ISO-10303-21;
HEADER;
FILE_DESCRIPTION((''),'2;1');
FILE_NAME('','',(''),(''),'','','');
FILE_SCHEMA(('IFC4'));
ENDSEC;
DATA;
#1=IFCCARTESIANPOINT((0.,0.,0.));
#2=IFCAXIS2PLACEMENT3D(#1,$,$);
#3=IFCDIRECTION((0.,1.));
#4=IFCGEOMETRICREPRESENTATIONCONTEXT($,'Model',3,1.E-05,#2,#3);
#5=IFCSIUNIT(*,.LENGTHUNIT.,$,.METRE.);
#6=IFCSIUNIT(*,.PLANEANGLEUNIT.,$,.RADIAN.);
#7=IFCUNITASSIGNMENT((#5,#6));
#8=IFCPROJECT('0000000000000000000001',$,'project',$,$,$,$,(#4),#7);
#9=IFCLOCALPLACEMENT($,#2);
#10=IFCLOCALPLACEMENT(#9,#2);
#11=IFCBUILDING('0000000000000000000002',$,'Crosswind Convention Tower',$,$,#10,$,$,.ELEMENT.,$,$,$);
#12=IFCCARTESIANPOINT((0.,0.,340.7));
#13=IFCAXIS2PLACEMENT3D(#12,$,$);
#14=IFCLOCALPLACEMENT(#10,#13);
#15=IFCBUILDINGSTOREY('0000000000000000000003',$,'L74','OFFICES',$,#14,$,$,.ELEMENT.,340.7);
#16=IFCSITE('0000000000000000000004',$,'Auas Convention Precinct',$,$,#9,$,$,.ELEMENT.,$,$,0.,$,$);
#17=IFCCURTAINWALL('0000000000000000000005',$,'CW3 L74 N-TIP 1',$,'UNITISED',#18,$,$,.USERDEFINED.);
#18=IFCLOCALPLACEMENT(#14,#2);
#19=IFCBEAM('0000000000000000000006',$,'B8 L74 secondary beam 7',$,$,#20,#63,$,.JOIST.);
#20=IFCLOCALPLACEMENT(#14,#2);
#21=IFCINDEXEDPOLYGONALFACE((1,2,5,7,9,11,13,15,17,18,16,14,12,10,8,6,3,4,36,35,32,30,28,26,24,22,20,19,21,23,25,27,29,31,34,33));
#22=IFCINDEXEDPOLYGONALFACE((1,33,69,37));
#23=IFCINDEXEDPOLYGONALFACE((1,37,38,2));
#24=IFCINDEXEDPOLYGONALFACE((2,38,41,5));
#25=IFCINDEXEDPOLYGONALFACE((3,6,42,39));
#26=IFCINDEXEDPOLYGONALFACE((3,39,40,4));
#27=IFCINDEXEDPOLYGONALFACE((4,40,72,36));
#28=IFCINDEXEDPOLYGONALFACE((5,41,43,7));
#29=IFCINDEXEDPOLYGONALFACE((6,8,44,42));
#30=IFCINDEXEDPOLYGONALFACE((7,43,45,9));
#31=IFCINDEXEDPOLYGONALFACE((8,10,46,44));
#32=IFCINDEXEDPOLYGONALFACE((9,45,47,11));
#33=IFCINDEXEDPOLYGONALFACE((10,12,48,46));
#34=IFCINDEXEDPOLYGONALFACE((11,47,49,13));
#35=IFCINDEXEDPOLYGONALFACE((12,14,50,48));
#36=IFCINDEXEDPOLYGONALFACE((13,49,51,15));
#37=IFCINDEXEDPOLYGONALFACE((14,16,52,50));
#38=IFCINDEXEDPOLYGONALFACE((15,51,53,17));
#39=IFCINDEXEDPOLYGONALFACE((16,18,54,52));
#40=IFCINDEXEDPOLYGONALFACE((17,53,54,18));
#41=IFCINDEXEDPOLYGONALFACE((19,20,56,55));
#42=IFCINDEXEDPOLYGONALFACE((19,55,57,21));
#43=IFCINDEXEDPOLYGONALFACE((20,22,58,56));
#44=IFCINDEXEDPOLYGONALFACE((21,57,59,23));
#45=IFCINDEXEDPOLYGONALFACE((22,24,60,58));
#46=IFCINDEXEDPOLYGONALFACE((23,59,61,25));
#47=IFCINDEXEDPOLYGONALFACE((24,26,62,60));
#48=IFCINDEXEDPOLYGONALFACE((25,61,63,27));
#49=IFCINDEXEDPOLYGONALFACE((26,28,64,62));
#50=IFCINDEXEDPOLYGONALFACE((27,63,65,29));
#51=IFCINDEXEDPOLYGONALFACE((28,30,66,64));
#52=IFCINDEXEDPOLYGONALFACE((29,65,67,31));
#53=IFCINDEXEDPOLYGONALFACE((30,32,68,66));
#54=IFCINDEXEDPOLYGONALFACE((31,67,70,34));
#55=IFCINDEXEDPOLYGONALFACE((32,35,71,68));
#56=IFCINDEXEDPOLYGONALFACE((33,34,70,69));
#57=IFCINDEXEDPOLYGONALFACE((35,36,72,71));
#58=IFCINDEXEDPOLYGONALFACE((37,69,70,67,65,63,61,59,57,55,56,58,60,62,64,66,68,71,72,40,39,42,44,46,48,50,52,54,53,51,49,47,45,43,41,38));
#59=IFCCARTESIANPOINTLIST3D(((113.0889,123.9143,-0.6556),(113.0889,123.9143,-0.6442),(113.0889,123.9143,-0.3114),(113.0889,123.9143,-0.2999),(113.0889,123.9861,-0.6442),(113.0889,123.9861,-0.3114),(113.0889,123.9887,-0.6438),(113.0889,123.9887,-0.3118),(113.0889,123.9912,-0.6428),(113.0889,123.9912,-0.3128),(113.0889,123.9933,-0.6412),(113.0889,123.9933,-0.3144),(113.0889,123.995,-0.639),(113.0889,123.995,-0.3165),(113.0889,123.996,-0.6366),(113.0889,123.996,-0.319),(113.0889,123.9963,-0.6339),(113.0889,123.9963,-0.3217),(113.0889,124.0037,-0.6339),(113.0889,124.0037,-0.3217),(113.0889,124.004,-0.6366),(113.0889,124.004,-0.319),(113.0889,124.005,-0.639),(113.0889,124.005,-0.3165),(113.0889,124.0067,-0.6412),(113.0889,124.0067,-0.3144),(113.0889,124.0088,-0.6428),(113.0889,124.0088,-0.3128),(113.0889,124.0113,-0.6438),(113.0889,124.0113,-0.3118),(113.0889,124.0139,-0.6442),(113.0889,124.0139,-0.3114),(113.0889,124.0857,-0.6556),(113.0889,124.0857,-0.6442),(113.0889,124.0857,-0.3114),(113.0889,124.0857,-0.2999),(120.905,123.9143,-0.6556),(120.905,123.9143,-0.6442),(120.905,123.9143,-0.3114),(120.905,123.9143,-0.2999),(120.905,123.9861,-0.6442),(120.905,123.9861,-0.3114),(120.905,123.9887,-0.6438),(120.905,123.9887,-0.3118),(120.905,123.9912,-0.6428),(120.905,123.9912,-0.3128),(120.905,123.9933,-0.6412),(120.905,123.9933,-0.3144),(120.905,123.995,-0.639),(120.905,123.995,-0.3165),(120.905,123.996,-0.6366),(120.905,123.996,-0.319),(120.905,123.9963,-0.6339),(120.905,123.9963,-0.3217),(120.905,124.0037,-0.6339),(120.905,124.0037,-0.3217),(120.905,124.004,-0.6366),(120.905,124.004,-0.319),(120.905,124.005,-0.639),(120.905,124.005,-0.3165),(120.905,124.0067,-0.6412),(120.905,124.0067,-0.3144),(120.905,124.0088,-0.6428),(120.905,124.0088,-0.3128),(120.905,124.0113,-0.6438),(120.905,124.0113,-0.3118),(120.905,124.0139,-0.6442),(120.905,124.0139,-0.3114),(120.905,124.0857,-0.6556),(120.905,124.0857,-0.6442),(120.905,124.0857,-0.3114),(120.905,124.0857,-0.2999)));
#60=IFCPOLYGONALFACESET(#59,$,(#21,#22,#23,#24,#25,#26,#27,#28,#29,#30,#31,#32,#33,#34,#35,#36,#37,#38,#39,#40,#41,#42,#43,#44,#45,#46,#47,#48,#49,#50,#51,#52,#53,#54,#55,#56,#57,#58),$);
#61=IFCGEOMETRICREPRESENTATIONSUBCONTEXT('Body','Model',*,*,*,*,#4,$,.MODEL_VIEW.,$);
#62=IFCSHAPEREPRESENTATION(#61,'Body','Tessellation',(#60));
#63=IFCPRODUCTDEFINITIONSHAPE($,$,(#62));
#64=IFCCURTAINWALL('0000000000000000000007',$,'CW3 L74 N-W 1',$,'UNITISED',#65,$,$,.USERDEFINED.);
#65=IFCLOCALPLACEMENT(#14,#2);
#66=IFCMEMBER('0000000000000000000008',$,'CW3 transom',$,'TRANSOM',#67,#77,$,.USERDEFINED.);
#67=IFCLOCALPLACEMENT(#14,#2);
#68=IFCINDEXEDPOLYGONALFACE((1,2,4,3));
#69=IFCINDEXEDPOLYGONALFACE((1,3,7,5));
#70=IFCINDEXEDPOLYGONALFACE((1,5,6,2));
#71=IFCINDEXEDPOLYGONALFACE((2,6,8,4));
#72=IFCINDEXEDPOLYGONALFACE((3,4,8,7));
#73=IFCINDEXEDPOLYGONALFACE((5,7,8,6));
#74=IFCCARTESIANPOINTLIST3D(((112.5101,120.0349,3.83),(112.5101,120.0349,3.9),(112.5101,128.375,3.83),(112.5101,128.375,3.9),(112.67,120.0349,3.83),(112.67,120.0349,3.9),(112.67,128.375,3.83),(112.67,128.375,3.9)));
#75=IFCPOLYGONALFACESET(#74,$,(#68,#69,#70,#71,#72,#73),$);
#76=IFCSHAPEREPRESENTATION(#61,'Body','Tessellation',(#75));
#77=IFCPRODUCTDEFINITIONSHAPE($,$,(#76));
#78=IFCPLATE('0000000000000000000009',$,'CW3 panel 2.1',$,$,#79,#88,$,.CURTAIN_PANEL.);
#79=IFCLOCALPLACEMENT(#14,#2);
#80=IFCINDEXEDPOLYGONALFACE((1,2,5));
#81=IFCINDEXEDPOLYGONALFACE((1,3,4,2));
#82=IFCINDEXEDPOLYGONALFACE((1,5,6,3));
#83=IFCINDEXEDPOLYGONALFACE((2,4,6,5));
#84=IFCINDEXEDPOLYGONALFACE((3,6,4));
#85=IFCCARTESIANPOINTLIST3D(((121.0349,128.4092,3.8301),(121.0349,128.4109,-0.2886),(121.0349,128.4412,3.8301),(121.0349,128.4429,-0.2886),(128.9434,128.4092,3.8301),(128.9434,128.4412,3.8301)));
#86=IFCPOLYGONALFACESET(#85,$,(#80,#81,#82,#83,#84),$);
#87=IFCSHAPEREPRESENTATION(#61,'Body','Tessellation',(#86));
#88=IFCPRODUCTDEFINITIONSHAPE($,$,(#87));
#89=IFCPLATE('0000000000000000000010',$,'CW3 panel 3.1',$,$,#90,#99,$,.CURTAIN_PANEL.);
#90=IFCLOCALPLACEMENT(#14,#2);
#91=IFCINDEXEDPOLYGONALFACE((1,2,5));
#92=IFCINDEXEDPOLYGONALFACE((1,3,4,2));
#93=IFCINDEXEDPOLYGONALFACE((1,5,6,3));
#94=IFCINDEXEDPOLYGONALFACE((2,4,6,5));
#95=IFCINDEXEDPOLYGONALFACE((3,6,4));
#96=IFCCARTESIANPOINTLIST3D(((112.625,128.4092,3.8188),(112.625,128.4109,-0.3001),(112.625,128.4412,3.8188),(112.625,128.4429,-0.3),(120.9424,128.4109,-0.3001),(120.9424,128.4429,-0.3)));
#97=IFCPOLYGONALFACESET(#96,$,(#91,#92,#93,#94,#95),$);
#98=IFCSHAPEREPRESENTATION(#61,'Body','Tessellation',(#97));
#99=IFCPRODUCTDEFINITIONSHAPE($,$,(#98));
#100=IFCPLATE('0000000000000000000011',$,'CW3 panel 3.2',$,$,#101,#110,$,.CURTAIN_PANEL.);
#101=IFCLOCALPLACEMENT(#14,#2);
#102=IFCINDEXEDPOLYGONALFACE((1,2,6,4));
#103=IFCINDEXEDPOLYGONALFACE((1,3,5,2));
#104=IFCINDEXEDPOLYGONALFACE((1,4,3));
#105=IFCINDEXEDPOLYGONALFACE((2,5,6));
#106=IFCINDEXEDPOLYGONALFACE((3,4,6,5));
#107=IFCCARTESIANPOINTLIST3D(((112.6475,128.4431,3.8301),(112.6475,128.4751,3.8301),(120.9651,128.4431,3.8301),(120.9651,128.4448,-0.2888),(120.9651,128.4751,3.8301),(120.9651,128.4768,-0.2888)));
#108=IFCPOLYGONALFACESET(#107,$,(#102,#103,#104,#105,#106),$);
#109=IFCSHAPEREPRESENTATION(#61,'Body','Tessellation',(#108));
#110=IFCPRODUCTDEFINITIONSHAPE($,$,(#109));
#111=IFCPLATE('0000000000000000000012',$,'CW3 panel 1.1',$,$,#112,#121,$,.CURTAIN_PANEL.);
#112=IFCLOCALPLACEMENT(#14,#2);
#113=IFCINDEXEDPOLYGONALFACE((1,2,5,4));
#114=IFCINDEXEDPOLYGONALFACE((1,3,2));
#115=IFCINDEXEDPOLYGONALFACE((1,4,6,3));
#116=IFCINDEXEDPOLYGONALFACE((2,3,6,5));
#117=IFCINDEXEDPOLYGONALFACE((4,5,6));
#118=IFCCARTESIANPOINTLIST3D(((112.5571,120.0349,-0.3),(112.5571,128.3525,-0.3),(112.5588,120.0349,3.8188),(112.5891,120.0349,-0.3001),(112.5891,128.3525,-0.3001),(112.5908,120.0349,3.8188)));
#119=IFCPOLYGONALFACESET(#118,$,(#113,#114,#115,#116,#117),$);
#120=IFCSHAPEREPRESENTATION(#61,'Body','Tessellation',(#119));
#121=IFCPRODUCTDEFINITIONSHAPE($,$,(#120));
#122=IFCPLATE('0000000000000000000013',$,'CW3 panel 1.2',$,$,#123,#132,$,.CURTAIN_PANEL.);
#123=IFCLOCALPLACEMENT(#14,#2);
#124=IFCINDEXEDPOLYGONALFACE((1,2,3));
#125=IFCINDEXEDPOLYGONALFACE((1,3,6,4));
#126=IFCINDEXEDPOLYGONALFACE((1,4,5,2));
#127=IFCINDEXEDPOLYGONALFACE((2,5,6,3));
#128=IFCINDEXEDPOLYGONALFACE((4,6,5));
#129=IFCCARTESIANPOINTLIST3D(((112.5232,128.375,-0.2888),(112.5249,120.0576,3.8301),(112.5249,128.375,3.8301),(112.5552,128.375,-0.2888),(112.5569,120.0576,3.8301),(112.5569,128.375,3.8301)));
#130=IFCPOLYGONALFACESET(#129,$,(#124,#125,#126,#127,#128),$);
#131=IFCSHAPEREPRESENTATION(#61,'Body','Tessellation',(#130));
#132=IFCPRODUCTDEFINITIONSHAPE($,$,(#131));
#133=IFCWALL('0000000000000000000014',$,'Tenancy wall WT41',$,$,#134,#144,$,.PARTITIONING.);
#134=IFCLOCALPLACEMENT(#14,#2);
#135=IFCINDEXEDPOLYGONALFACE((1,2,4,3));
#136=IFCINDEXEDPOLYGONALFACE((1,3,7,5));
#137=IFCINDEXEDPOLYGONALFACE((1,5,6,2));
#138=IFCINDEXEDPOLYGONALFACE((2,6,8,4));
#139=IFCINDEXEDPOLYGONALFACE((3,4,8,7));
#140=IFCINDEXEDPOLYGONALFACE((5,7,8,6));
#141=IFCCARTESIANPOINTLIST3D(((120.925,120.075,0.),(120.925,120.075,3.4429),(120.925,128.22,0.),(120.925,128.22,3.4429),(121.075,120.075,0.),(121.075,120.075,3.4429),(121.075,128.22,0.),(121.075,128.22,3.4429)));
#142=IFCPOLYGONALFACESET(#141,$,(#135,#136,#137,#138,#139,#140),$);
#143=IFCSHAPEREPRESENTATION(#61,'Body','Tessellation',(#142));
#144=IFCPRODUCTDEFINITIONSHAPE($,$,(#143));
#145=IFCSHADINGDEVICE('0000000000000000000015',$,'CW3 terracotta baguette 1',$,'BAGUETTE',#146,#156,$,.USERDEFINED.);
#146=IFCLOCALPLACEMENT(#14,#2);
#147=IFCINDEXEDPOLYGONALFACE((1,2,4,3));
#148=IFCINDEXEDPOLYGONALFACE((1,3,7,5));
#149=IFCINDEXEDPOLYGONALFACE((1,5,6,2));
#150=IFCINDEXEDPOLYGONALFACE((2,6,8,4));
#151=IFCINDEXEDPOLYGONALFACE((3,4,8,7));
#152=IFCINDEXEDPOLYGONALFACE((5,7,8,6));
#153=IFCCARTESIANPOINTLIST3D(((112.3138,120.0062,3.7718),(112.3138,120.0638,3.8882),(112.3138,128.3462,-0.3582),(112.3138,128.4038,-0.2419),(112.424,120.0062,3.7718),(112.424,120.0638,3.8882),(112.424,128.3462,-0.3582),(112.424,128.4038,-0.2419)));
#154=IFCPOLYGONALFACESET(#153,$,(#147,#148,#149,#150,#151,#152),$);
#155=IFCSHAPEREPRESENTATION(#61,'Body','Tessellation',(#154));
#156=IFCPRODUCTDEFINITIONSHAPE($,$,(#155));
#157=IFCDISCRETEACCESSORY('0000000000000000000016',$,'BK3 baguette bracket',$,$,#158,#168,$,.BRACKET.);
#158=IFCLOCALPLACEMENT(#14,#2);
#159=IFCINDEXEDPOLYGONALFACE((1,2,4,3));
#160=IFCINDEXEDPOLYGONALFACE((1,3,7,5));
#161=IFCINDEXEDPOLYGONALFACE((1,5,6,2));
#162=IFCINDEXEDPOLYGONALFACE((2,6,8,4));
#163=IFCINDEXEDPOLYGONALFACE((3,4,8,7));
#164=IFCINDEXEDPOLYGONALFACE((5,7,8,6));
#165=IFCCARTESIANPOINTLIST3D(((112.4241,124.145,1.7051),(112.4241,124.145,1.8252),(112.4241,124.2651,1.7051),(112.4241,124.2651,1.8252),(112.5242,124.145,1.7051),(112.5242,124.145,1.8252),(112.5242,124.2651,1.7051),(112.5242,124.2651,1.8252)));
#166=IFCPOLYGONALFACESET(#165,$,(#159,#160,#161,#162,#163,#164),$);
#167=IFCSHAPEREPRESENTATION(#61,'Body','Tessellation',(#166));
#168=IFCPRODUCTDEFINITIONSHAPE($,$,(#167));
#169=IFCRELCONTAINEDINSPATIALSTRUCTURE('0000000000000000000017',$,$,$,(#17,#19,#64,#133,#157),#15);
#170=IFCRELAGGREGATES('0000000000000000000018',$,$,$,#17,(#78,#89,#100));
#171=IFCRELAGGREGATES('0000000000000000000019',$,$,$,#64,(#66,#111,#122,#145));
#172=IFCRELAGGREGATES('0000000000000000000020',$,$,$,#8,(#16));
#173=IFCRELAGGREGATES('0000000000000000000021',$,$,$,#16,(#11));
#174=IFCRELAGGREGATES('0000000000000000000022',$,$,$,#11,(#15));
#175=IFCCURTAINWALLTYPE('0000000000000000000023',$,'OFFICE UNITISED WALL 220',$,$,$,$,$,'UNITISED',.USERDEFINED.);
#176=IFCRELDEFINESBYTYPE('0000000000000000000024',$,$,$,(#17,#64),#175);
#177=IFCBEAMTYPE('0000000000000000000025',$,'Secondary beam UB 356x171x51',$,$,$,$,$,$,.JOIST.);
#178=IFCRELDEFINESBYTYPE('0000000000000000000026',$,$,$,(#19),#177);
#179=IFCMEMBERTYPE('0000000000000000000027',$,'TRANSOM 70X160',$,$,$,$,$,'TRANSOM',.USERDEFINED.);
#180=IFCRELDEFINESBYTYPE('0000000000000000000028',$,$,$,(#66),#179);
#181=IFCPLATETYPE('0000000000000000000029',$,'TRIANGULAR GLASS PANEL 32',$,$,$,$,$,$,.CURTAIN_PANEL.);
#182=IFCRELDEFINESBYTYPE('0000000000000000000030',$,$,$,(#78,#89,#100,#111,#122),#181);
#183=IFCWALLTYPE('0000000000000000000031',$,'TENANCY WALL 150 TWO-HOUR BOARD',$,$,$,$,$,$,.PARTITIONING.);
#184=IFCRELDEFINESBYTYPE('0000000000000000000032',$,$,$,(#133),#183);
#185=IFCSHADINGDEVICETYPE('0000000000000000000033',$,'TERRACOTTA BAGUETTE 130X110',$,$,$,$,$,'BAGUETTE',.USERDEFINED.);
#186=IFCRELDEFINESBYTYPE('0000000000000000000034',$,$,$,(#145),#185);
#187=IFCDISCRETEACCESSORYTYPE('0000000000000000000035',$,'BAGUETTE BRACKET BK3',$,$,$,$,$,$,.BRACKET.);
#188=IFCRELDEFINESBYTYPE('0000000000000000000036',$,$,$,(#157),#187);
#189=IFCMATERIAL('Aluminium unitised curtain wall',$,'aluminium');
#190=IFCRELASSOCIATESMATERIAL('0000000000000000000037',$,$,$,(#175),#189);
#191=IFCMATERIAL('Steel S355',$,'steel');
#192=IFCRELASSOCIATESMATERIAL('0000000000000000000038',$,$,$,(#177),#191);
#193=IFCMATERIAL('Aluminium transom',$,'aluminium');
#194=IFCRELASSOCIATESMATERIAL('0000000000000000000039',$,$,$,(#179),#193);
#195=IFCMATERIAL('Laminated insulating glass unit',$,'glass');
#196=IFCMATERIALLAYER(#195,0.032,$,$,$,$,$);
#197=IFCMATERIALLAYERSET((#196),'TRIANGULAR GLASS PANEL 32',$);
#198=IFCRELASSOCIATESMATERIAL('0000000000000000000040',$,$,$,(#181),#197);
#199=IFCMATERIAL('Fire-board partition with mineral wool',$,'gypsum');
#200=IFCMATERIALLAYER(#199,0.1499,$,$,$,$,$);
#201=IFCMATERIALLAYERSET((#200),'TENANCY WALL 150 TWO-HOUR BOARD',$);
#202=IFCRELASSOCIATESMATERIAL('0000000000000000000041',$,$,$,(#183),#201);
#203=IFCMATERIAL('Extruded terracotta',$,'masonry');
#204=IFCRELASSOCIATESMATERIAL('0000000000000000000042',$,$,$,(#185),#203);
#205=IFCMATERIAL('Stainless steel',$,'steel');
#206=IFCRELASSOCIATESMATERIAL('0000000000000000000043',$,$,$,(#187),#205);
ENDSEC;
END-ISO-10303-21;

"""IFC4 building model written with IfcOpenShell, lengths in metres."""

from ifc_helpers import new_model, si_unit, direction, frame, frame_2d, origin, origin_2d, place, context, subcontext, project, spatial, polyline, rectangle, i_section, outline, extrude, material, layer, layer_set, material_profile, profile_set, type_object, element, aggregate, save


model = new_model("IFC4")

# Units and contexts
model_context = context("Model", 3, precision=1e-05, world=origin(), true_north=direction((0.0, 1.0)))
body_context = subcontext(model_context, "Body", "Model", "MODEL_VIEW")
ifc_project = project(units=[si_unit("LENGTHUNIT", "METRE"), si_unit("PLANEANGLEUNIT", "RADIAN")], contexts=[model_context])

# Site, building, storey
site_placement = place(None, origin())
site = spatial("IfcSite", under=ifc_project, at=site_placement, Name="Auas Convention Precinct", CompositionType="ELEMENT", RefElevation=0.0)
building_placement = place(site_placement, origin())
building = spatial("IfcBuilding", under=site, at=building_placement, Name="Crosswind Convention Tower", CompositionType="ELEMENT")
storey_placement = place(building_placement, frame((0.0, 0.0, 340.7)))
storey = spatial("IfcBuildingStorey", under=building, at=storey_placement, Name="L74", Description="OFFICES", CompositionType="ELEMENT", Elevation=340.7)

# Shared definitions
ifc_material_1 = material(Name="Steel S355", Category="steel")

# Curtain wall
ifc_material_2 = material(Name="Aluminium unitised curtain wall", Category="aluminium")
curtain_wall_type = type_object("IfcCurtainWallType", Name="OFFICE UNITISED WALL 220", ElementType="UNITISED", PredefinedType="USERDEFINED", material=ifc_material_2)
curtain_wall_1_placement = place(storey_placement, origin())
curtain_wall_1 = element("IfcCurtainWall", 1, at=curtain_wall_1_placement, inside=storey, type_object=curtain_wall_type, Name="CW3 L74 N-TIP 1", ObjectType="UNITISED", PredefinedType="USERDEFINED")

# Beam
ifc_material_profile_1 = material_profile(ifc_material_1, i_section(OverallWidth=0.1714, OverallDepth=0.3557, WebThickness=0.0073, FlangeThickness=0.0115, FilletRadius=0.0103, at=origin_2d()), Name="UB 356x171x51")
ifc_profile_set_1 = profile_set([ifc_material_profile_1], Name="Steel S355")
beam_type_1 = type_object("IfcBeamType", Name="Secondary beam UB 356x171x51", PredefinedType="JOIST", material=ifc_profile_set_1)
beam_1_placement = place(storey_placement, frame((113.0889, 124.0, -0.4778), z_axis=(1.0, 0.0, 0.0), x_axis=(0.0, 1.0, 0.0)))
element("IfcBeam", 2, at=beam_1_placement, inside=storey, type_object=beam_type_1, Name="B8 L74 secondary beam 7", PredefinedType="JOIST", context=body_context, shape_type="SweptSolid", body=[
    extrude(i_section(OverallWidth=0.1714, OverallDepth=0.3557, WebThickness=0.0073, FlangeThickness=0.0115, FilletRadius=0.0103, at=origin_2d()), origin(), (0.0, 0.0, 1.0), 7.8162),
])

# Curtain wall, member
curtain_wall_2_placement = place(storey_placement, origin())
curtain_wall_2 = element("IfcCurtainWall", 3, at=curtain_wall_2_placement, inside=storey, type_object=curtain_wall_type, Name="CW3 L74 N-W 1", ObjectType="UNITISED", PredefinedType="USERDEFINED")
ifc_material_3 = material(Name="Aluminium transom", Category="aluminium")
ifc_material_profile_2 = material_profile(ifc_material_3, rectangle(XDim=0.1599, YDim=0.0701, at=origin_2d()), Name="AL 160X70")
ifc_profile_set_2 = profile_set([ifc_material_profile_2], Name="Aluminium transom")
member_type_1 = type_object("IfcMemberType", Name="TRANSOM 70X160", ElementType="TRANSOM", PredefinedType="USERDEFINED", material=ifc_profile_set_2)
member_1_placement = place(storey_placement, frame((112.5901, 128.375, 3.865), z_axis=(0.0, -1.0, 0.0), x_axis=(1.0, 0.0, 0.0)))
member_1 = element("IfcMember", 4, at=member_1_placement, type_object=member_type_1, Name="CW3 transom", ObjectType="TRANSOM", PredefinedType="USERDEFINED", context=body_context, shape_type="SweptSolid", body=[
    extrude(rectangle(XDim=0.1599, YDim=0.0701, at=origin_2d()), origin(), (0.0, 0.0, 1.0), 8.3401),
])

# Plates
ifc_material_4 = material(Name="Laminated insulating glass unit", Category="glass")
ifc_layer_1 = layer(ifc_material_4, 0.032)
ifc_layer_set_1 = layer_set([ifc_layer_1], Name="TRIANGULAR GLASS PANEL 32")
plate_type = type_object("IfcPlateType", Name="TRIANGULAR GLASS PANEL 32", PredefinedType="CURTAIN_PANEL", material=ifc_layer_set_1)
plate_1_placement = place(storey_placement, frame((121.0349, 128.4412, 3.8301), z_axis=(0.0, 1.0, 0.000415), x_axis=(1.0, 0.0, 0.0)))
plate_1 = element("IfcPlate", 5, at=plate_1_placement, type_object=plate_type, Name="CW3 panel 2.1", PredefinedType="CURTAIN_PANEL", context=body_context, shape_type="SweptSolid", body=[
    extrude(outline(polyline([(0.0, 0.0), (7.9084, 0.0), (0.0, 4.1187), (0.0, 0.0)])), origin(), (0.0, 0.0, -1.0), 0.032),
])
plate_2_placement = place(storey_placement, frame((112.625, 128.4429, -0.3), z_axis=(0.0, 1.0, 0.000415), x_axis=(0.0, -0.000415, 1.0)))
plate_2 = element("IfcPlate", 6, at=plate_2_placement, type_object=plate_type, Name="CW3 panel 3.1", PredefinedType="CURTAIN_PANEL", context=body_context, shape_type="SweptSolid", body=[
    extrude(outline(polyline([(0.0, 0.0), (4.1189, 0.0), (0.0, 8.3174), (0.0, 0.0)])), origin(), (0.0, 0.0, -1.0), 0.032),
])
plate_3_placement = place(storey_placement, frame((120.9651, 128.4751, 3.8301), z_axis=(0.0, 1.0, 0.000415), x_axis=(0.0, 0.000415, -1.0)))
plate_3 = element("IfcPlate", 7, at=plate_3_placement, type_object=plate_type, Name="CW3 panel 3.2", PredefinedType="CURTAIN_PANEL", context=body_context, shape_type="SweptSolid", body=[
    extrude(outline(polyline([(0.0, 0.0), (4.1189, 0.0), (0.0, 8.3176), (0.0, 0.0)])), origin(), (0.0, 0.0, -1.0), 0.032),
])
aggregate(curtain_wall_1, [plate_1, plate_2, plate_3])
plate_4_placement = place(storey_placement, frame((112.5571, 120.0349, -0.3), z_axis=(-1.0, 0.0, 0.000415), x_axis=(0.000415, 0.0, 1.0)))
plate_4 = element("IfcPlate", 8, at=plate_4_placement, type_object=plate_type, Name="CW3 panel 1.1", PredefinedType="CURTAIN_PANEL", context=body_context, shape_type="SweptSolid", body=[
    extrude(outline(polyline([(0.0, 0.0), (4.1189, 0.0), (0.0, 8.3176), (0.0, 0.0)])), origin(), (0.0, 0.0, -1.0), 0.032),
])
plate_5_placement = place(storey_placement, frame((112.5249, 128.375, 3.8301), z_axis=(-1.0, 0.0, 0.000415), x_axis=(-0.000415, 0.0, -1.0)))
plate_5 = element("IfcPlate", 9, at=plate_5_placement, type_object=plate_type, Name="CW3 panel 1.2", PredefinedType="CURTAIN_PANEL", context=body_context, shape_type="SweptSolid", body=[
    extrude(outline(polyline([(0.0, 0.0), (4.1189, 0.0), (0.0, 8.3174), (0.0, 0.0)])), origin(), (0.0, 0.0, -1.0), 0.032),
])

# Wall
ifc_material_5 = material(Name="Fire-board partition with mineral wool", Category="gypsum")
ifc_layer_2 = layer(ifc_material_5, 0.1499)
ifc_layer_set_2 = layer_set([ifc_layer_2], Name="TENANCY WALL 150 TWO-HOUR BOARD")
wall_type = type_object("IfcWallType", Name="TENANCY WALL 150 TWO-HOUR BOARD", PredefinedType="PARTITIONING", material=ifc_layer_set_2)
wall_placement = place(storey_placement, frame((121.0, 120.075, 0.0), z_axis=(0.0, 0.0, 1.0), x_axis=(0.0, 1.0, 0.0)))
element("IfcWall", 10, at=wall_placement, inside=storey, type_object=wall_type, Name="Tenancy wall WT41", PredefinedType="PARTITIONING", context=body_context, shape_type="SweptSolid", body=[
    extrude(rectangle(XDim=8.145, YDim=0.1499, at=frame_2d((4.0725, 0.0))), origin(), (0.0, 0.0, 1.0), 3.4429),
])

# Shading device
ifc_material_6 = material(Name="Extruded terracotta", Category="masonry")
ifc_material_profile_3 = material_profile(ifc_material_6, rectangle(XDim=0.1101, YDim=0.1299, at=origin_2d()), Name="TC 110X130")
ifc_profile_set_3 = profile_set([ifc_material_profile_3], Name="Extruded terracotta")
shading_device_type = type_object("IfcShadingDeviceType", Name="TERRACOTTA BAGUETTE 130X110", ElementType="BAGUETTE", PredefinedType="USERDEFINED", material=ifc_profile_set_3)
shading_device_placement = place(storey_placement, frame((112.3689, 128.375, -0.3), z_axis=(0.0, -0.896136, 0.443779), x_axis=(1.0, 0.0, 0.0)))
shading_device = element("IfcShadingDevice", 11, at=shading_device_placement, type_object=shading_device_type, Name="CW3 terracotta baguette 1", ObjectType="BAGUETTE", PredefinedType="USERDEFINED", context=body_context, shape_type="SweptSolid", body=[
    extrude(rectangle(XDim=0.1101, YDim=0.1299, at=origin_2d()), origin(), (0.0, 0.0, 1.0), 9.3066),
])
aggregate(curtain_wall_2, [member_1, plate_4, plate_5, shading_device])

# Discrete accessory
ifc_material_7 = material(Name="Stainless steel", Category="steel")
discrete_accessory_type = type_object("IfcDiscreteAccessoryType", Name="BAGUETTE BRACKET BK3", PredefinedType="BRACKET", material=ifc_material_7)
discrete_accessory_placement = place(storey_placement, frame((112.4741, 124.2051, 1.7051), z_axis=(0.0, 0.0, 1.0), x_axis=(0.0, -1.0, 0.0)))
element("IfcDiscreteAccessory", 12, at=discrete_accessory_placement, inside=storey, type_object=discrete_accessory_type, Name="BK3 baguette bracket", PredefinedType="BRACKET", context=body_context, shape_type="SweptSolid", body=[
    extrude(rectangle(XDim=0.1201, YDim=0.1001, at=origin_2d()), origin(), (0.0, 0.0, 1.0), 0.1201),
])

save(model, "model.ifc")
